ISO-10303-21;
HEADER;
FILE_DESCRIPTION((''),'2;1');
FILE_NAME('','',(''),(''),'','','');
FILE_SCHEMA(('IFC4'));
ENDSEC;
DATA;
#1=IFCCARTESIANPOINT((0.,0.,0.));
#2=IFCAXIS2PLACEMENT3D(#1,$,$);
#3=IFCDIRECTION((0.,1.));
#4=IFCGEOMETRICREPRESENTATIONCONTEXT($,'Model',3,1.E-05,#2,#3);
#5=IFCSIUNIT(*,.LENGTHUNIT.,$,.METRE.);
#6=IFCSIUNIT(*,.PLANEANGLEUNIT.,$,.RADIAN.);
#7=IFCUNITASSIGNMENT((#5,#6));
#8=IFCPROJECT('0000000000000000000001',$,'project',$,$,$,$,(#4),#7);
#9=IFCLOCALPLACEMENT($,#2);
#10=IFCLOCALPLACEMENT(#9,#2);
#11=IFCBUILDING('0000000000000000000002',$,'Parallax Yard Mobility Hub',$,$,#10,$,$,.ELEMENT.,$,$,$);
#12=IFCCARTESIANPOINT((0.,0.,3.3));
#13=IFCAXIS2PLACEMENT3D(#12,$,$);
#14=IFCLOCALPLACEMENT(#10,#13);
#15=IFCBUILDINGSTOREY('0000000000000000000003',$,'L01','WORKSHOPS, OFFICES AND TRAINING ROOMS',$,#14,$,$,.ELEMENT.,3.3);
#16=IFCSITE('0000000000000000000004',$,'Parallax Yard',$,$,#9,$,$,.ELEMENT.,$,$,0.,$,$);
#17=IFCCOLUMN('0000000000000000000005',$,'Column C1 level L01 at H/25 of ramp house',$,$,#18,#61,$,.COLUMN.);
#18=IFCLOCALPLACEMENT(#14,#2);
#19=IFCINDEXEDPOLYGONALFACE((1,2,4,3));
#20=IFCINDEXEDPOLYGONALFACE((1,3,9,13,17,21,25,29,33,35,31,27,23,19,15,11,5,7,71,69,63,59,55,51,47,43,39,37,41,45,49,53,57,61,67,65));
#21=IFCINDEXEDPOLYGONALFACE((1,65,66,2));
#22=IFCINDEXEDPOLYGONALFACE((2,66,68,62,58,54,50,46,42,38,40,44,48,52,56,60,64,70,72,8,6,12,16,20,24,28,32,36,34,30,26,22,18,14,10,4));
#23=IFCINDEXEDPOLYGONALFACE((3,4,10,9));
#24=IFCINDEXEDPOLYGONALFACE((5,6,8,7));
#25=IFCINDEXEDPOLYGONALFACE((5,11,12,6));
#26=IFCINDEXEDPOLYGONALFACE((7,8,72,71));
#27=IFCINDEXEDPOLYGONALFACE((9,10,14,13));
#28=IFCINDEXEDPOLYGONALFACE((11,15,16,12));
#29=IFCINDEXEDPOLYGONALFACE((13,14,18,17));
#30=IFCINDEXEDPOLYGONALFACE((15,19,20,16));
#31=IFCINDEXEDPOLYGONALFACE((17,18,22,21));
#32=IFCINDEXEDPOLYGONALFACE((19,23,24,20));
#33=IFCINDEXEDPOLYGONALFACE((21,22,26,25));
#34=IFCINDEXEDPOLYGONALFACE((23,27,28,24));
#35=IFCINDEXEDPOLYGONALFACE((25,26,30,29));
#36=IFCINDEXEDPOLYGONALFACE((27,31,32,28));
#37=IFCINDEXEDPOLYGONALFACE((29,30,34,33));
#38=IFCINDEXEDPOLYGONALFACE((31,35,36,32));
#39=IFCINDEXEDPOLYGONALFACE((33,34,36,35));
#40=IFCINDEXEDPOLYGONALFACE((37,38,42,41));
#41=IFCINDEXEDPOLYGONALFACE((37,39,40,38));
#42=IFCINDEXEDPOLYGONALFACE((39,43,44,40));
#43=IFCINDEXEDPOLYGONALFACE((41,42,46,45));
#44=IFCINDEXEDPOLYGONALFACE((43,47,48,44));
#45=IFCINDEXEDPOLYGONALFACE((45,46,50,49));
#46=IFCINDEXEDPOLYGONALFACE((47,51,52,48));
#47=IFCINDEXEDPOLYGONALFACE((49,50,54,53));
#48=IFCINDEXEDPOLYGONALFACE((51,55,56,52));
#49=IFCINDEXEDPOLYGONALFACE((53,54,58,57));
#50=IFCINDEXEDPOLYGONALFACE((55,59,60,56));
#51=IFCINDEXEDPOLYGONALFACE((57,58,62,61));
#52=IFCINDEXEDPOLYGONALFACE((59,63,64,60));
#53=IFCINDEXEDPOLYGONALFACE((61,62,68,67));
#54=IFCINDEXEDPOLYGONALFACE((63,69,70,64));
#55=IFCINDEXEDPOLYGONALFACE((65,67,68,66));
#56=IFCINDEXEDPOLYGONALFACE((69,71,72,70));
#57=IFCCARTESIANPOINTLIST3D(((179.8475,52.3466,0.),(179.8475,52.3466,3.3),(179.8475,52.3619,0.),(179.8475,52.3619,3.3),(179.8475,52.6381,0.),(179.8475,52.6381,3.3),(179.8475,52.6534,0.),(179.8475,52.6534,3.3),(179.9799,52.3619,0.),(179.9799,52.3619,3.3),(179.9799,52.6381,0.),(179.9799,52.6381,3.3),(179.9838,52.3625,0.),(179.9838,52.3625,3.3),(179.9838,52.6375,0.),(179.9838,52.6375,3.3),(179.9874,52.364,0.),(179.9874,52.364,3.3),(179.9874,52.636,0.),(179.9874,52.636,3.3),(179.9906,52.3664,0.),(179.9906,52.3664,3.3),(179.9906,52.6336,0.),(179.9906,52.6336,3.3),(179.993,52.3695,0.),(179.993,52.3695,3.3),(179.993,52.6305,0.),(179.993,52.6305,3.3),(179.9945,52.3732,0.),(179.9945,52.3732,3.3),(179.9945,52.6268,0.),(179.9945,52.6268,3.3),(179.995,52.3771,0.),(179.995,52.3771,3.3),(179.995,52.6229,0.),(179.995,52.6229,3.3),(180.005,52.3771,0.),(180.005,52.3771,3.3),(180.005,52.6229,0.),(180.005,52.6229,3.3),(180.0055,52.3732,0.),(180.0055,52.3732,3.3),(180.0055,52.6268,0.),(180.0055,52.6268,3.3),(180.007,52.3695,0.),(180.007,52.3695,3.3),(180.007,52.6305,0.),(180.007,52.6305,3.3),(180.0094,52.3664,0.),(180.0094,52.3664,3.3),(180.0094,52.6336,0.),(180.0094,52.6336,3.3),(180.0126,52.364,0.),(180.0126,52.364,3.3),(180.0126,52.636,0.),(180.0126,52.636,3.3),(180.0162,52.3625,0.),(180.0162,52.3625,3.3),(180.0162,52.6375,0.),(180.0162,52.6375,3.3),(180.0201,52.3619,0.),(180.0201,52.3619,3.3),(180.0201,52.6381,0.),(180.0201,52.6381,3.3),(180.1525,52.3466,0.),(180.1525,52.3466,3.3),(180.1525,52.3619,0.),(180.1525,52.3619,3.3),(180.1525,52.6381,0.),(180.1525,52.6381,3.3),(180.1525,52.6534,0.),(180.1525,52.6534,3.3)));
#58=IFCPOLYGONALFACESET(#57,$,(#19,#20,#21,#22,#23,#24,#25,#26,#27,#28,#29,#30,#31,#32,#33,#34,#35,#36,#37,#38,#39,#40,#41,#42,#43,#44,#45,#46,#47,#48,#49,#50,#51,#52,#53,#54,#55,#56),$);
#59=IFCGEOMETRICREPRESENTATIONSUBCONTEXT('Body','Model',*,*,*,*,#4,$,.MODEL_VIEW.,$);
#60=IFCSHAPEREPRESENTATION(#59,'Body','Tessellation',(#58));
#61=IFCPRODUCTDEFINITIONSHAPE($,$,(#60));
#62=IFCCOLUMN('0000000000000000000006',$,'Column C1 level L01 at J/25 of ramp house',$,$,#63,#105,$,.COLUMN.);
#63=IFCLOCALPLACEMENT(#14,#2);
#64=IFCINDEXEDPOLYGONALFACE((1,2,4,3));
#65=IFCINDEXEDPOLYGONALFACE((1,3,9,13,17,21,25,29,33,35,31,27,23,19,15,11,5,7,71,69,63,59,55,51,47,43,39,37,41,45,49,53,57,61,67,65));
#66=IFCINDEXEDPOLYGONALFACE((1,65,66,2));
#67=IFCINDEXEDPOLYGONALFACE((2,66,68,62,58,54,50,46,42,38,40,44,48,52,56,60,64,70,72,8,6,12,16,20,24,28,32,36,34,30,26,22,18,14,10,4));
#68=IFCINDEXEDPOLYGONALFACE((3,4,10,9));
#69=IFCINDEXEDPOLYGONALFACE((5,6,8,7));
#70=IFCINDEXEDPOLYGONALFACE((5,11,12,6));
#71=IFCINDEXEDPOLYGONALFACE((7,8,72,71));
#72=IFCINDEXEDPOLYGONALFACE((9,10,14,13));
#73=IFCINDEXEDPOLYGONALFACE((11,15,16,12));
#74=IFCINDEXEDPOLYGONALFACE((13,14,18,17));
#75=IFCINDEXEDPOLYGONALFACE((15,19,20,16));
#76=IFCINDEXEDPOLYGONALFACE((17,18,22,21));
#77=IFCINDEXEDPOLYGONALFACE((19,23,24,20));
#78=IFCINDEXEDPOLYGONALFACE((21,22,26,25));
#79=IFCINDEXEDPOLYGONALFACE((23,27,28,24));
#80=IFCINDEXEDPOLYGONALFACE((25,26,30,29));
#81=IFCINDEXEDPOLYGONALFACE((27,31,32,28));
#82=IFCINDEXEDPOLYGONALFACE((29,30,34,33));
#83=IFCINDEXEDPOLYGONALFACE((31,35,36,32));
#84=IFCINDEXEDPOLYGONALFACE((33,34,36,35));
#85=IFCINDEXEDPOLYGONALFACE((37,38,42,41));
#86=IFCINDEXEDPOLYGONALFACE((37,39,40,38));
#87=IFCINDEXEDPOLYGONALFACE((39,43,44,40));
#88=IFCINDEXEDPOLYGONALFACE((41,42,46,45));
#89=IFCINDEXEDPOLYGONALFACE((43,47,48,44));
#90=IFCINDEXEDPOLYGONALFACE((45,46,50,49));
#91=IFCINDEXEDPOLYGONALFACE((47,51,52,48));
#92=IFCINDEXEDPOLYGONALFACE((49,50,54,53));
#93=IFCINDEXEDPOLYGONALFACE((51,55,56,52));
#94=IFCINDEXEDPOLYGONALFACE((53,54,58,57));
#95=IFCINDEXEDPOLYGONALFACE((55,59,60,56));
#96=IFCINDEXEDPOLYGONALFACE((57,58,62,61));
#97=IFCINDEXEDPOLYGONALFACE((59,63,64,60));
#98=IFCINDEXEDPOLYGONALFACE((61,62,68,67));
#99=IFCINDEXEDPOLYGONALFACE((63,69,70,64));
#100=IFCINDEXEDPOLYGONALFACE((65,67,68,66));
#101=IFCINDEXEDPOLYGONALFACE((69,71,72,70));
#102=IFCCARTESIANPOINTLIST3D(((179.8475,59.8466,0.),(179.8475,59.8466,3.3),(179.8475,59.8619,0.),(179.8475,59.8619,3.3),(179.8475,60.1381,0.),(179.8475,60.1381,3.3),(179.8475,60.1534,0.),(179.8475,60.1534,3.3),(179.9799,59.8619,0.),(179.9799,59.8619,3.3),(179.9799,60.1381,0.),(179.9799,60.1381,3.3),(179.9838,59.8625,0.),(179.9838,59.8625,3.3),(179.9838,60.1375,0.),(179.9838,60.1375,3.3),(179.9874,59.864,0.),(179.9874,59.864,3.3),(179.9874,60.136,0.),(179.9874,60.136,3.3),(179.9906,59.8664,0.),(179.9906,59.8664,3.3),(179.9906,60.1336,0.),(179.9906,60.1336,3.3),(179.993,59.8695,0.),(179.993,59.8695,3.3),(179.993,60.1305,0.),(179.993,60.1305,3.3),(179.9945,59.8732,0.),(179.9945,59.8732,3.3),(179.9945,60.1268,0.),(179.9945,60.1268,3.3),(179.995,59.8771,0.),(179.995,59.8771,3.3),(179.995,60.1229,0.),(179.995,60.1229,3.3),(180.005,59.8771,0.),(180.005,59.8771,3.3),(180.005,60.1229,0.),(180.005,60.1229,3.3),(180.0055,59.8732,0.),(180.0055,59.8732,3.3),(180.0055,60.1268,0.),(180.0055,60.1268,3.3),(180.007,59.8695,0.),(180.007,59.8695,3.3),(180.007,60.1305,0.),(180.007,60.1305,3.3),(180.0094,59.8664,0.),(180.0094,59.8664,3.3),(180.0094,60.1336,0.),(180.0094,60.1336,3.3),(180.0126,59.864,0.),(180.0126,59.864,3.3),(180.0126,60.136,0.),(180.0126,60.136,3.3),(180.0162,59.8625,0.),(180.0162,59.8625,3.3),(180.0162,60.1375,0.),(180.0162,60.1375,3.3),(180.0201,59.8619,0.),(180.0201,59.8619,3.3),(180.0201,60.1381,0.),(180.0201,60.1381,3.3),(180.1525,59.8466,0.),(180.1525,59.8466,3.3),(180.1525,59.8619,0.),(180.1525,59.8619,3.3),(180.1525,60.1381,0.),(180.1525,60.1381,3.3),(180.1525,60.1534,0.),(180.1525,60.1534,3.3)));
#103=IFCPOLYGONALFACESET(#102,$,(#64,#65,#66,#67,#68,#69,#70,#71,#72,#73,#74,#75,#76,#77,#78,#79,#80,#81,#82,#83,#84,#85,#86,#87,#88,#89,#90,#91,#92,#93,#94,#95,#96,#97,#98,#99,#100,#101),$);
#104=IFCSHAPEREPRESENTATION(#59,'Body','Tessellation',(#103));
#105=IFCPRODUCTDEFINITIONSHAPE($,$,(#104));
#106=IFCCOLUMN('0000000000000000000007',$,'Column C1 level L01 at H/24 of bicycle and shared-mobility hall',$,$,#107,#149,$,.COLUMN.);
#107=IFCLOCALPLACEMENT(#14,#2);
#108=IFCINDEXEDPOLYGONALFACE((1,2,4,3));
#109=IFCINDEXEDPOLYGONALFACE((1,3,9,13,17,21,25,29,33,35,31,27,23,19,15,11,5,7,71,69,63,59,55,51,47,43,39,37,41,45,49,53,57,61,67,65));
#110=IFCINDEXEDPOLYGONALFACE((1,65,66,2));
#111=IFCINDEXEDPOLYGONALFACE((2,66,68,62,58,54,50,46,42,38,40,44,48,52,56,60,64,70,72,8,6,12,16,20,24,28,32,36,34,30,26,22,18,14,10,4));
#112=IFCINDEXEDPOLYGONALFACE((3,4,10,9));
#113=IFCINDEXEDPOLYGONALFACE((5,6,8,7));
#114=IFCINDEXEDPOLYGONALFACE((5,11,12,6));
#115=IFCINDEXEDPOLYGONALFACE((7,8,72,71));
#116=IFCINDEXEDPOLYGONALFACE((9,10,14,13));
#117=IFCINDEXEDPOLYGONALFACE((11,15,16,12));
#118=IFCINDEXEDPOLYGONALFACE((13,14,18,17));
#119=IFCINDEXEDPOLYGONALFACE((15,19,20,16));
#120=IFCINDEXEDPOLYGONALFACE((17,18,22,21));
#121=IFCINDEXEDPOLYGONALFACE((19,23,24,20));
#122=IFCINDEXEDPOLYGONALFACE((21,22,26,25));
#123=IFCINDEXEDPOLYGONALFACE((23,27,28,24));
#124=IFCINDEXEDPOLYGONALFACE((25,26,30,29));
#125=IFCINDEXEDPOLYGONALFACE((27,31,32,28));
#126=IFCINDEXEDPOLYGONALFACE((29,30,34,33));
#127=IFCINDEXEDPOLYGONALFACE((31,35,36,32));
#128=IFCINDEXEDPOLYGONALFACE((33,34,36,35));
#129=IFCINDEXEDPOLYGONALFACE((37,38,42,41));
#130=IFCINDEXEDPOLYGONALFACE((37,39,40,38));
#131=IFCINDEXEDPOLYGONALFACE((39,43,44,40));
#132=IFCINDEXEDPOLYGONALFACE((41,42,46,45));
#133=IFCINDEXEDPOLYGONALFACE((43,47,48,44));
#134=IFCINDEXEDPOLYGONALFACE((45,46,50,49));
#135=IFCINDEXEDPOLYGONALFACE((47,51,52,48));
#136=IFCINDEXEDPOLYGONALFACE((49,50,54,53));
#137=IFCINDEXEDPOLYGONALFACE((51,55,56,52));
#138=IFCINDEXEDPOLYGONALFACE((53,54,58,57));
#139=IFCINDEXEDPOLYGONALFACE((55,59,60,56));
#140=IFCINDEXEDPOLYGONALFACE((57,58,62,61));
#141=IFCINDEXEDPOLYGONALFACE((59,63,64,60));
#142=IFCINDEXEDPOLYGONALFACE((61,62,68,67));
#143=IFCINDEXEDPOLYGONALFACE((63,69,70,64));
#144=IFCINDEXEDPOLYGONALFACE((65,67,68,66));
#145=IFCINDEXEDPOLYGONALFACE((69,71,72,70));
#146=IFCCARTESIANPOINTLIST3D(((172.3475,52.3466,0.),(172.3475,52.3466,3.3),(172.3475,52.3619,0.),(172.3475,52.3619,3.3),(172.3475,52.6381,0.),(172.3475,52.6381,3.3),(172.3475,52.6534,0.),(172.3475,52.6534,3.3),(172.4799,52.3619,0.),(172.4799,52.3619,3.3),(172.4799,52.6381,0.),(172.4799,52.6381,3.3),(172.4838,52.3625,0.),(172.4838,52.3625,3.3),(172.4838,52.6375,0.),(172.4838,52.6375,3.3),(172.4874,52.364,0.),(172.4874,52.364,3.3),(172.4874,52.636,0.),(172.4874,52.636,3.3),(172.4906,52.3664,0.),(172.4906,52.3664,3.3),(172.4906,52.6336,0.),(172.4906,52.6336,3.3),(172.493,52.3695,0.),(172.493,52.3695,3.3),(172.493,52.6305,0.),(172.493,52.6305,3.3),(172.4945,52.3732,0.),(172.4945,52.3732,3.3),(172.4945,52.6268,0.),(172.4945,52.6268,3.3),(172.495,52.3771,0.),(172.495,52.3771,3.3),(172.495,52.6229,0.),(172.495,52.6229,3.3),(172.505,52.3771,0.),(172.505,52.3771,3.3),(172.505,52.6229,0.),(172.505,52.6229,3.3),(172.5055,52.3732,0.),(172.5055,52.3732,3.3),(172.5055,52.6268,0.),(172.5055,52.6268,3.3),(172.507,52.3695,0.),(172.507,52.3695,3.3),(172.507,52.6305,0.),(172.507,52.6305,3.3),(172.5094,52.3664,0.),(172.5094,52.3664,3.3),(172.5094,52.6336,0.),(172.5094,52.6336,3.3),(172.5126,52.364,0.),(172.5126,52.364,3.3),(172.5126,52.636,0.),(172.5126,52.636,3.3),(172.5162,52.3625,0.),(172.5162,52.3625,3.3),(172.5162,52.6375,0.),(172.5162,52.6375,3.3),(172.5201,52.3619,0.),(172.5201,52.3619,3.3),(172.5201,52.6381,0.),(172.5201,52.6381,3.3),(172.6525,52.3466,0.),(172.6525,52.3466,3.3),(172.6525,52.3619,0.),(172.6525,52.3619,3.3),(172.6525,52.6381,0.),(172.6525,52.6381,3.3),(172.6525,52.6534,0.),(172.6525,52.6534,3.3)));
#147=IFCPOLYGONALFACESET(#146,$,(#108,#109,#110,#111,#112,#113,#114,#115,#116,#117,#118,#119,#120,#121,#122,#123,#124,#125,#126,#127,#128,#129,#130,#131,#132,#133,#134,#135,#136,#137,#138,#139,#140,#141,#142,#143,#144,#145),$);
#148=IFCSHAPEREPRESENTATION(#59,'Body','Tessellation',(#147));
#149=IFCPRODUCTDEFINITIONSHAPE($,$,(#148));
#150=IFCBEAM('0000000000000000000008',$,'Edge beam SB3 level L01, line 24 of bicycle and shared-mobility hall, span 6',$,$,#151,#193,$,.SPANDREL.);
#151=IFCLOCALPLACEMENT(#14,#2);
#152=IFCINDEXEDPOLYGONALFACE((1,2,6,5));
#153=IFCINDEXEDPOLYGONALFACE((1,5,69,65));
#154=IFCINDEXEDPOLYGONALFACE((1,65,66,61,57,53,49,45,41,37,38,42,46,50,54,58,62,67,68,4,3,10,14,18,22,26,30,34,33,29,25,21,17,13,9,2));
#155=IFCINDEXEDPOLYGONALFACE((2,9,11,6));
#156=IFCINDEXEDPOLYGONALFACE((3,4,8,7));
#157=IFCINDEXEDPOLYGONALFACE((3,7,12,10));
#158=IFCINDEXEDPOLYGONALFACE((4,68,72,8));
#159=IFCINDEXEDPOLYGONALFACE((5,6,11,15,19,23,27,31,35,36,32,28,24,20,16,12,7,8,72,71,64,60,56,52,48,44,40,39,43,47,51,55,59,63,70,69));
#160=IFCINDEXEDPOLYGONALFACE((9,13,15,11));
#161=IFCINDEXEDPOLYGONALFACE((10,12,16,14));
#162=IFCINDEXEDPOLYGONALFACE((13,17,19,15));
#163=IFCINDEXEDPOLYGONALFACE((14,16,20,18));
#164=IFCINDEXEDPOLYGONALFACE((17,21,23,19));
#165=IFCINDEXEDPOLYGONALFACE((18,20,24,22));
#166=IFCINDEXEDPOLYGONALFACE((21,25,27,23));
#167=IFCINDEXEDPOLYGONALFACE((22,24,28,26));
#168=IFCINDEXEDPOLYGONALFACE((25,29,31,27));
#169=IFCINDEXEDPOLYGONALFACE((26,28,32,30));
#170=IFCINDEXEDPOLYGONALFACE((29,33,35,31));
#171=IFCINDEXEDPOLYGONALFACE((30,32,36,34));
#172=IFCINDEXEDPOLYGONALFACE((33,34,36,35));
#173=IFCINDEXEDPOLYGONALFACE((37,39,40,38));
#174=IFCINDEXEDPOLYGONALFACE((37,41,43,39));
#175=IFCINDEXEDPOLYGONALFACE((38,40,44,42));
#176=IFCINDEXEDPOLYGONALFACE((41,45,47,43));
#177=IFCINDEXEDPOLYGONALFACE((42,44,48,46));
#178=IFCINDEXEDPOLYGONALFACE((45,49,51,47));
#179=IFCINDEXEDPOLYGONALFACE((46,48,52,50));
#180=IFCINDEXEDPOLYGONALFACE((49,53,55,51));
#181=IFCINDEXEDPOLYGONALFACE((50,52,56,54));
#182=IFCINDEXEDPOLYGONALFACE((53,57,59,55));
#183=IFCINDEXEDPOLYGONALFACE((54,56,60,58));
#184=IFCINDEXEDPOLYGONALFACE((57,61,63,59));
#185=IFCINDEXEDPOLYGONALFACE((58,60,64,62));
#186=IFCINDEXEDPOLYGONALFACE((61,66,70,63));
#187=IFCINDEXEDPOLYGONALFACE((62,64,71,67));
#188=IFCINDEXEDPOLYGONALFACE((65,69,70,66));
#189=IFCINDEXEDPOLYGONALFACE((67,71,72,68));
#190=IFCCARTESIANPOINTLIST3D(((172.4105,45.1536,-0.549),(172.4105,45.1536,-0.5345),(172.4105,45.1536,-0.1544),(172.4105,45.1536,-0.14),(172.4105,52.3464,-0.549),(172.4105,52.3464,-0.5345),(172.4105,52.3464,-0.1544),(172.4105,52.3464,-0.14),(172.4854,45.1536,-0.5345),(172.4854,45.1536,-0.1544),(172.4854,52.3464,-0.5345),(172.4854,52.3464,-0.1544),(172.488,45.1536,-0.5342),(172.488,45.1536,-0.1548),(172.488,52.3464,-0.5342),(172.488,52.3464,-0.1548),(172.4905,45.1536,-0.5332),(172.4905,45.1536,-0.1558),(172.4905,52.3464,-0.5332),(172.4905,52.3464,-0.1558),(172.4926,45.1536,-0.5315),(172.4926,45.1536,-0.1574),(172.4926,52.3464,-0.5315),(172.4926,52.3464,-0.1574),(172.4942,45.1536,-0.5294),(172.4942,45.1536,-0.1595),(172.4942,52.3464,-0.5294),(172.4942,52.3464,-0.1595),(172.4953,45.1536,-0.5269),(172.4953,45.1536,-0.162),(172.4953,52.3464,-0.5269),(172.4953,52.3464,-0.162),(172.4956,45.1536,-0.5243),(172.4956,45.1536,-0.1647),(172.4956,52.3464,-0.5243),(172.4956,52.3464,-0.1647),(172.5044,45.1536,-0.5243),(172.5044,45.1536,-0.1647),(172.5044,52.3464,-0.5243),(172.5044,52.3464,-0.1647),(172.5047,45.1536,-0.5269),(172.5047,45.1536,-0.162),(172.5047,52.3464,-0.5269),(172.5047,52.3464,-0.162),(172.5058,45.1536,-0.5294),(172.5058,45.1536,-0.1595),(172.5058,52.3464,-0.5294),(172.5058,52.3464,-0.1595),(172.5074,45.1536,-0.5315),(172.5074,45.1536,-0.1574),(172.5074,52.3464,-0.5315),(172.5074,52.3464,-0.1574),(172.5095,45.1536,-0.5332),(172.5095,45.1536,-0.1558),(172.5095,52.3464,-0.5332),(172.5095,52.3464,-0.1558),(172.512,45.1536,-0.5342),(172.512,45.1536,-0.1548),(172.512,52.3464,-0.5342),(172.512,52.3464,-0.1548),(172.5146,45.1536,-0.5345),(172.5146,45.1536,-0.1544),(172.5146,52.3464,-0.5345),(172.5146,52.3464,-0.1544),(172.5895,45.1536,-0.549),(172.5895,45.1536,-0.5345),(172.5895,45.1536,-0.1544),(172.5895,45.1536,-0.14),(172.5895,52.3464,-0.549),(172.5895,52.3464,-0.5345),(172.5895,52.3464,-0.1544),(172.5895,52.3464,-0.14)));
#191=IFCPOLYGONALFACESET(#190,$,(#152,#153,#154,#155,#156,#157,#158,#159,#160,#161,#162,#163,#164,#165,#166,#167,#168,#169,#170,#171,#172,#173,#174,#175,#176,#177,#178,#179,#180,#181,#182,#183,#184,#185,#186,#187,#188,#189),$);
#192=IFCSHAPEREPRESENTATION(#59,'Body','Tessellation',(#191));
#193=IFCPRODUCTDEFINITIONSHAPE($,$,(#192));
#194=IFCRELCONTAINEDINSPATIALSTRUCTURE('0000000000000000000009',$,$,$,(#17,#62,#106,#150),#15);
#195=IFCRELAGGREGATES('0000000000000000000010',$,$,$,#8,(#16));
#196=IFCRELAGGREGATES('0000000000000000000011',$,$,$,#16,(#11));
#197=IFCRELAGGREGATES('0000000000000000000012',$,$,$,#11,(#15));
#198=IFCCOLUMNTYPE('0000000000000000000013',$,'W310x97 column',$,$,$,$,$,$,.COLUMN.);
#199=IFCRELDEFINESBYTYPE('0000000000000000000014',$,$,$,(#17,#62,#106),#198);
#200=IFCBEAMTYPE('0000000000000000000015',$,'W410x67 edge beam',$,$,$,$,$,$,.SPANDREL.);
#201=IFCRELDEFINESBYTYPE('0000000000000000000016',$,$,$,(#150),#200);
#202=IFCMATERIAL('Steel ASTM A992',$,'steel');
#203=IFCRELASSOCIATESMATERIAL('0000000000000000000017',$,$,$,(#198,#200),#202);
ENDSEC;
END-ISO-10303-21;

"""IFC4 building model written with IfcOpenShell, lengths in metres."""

from ifc_helpers import new_model, si_unit, direction, frame, origin, origin_2d, place, context, subcontext, project, spatial, i_section, extrude, material, material_profile, profile_set, type_object, element, save


model = new_model("IFC4")

# Units and contexts
model_context = context("Model", 3, precision=1e-05, world=origin(), true_north=direction((0.0, 1.0)))
body_context = subcontext(model_context, "Body", "Model", "MODEL_VIEW")
ifc_project = project(units=[si_unit("LENGTHUNIT", "METRE"), si_unit("PLANEANGLEUNIT", "RADIAN")], contexts=[model_context])

# Site, building, storey
site_placement = place(None, origin())
site = spatial("IfcSite", under=ifc_project, at=site_placement, Name="Parallax Yard", CompositionType="ELEMENT", RefElevation=0.0)
building_placement = place(site_placement, origin())
building = spatial("IfcBuilding", under=site, at=building_placement, Name="Parallax Yard Mobility Hub", CompositionType="ELEMENT")
storey_placement = place(building_placement, frame((0.0, 0.0, 3.3)))
storey = spatial("IfcBuildingStorey", under=building, at=storey_placement, Name="L01", Description="WORKSHOPS, OFFICES AND TRAINING ROOMS", CompositionType="ELEMENT", Elevation=3.3)

# Columns
ifc_material_1 = material(Name="Steel ASTM A992", Category="steel")
ifc_material_profile_1 = material_profile(ifc_material_1, i_section(OverallWidth=0.3049, OverallDepth=0.3069, WebThickness=0.01, FlangeThickness=0.0154, FilletRadius=0.0151, at=origin_2d()), Name="W310x97")
ifc_profile_set_1 = profile_set([ifc_material_profile_1], Name="Steel ASTM A992")
column_type = type_object("IfcColumnType", Name="W310x97 column", PredefinedType="COLUMN", material=ifc_profile_set_1)
for number, where, z_axis, x_axis, name in (
    (1, (180.0, 52.5, 0.0), (0.0, 0.0, 1.0), (1.0, 0.0, 0.0), "Column C1 level L01 at H/25 of ramp house"),
    (2, (180.0, 60.0, 0.0), (0.0, 0.0, 1.0), (1.0, 0.0, 0.0), "Column C1 level L01 at J/25 of ramp house"),
    (3, (172.5, 52.5, 0.0), (0.0, 0.0, 1.0), (1.0, 0.0, 0.0), "Column C1 level L01 at H/24 of bicycle and shared-mobility hall"),
):
    element("IfcColumn", number, at=place(storey_placement, frame(where, z_axis=z_axis, x_axis=x_axis)), inside=storey, type_object=column_type, Name=name, PredefinedType="COLUMN", context=body_context, shape_type="SweptSolid", body=[
        extrude(i_section(OverallWidth=0.3049, OverallDepth=0.3069, WebThickness=0.01, FlangeThickness=0.0154, FilletRadius=0.0151, at=origin_2d()), origin(), (0.0, 0.0, 1.0), 3.3),
    ])

# Beam
ifc_material_profile_2 = material_profile(ifc_material_1, i_section(OverallWidth=0.179, OverallDepth=0.4089, WebThickness=0.0088, FlangeThickness=0.0144, FilletRadius=0.0103, at=origin_2d()), Name="W410x67")
ifc_profile_set_2 = profile_set([ifc_material_profile_2], Name="Steel ASTM A992")
beam_type = type_object("IfcBeamType", Name="W410x67 edge beam", PredefinedType="SPANDREL", material=ifc_profile_set_2)
beam_1_placement = place(storey_placement, frame((172.5, 45.1536, -0.3445), z_axis=(0.0, 1.0, 0.0), x_axis=(-1.0, 0.0, 0.0)))
element("IfcBeam", 4, at=beam_1_placement, inside=storey, type_object=beam_type, Name="Edge beam SB3 level L01, line 24 of bicycle and shared-mobility hall, span 6", PredefinedType="SPANDREL", context=body_context, shape_type="SweptSolid", body=[
    extrude(i_section(OverallWidth=0.179, OverallDepth=0.4089, WebThickness=0.0088, FlangeThickness=0.0144, FilletRadius=0.0103, at=origin_2d()), origin(), (0.0, 0.0, 1.0), 7.1929),
])

save(model, "model.ifc")
